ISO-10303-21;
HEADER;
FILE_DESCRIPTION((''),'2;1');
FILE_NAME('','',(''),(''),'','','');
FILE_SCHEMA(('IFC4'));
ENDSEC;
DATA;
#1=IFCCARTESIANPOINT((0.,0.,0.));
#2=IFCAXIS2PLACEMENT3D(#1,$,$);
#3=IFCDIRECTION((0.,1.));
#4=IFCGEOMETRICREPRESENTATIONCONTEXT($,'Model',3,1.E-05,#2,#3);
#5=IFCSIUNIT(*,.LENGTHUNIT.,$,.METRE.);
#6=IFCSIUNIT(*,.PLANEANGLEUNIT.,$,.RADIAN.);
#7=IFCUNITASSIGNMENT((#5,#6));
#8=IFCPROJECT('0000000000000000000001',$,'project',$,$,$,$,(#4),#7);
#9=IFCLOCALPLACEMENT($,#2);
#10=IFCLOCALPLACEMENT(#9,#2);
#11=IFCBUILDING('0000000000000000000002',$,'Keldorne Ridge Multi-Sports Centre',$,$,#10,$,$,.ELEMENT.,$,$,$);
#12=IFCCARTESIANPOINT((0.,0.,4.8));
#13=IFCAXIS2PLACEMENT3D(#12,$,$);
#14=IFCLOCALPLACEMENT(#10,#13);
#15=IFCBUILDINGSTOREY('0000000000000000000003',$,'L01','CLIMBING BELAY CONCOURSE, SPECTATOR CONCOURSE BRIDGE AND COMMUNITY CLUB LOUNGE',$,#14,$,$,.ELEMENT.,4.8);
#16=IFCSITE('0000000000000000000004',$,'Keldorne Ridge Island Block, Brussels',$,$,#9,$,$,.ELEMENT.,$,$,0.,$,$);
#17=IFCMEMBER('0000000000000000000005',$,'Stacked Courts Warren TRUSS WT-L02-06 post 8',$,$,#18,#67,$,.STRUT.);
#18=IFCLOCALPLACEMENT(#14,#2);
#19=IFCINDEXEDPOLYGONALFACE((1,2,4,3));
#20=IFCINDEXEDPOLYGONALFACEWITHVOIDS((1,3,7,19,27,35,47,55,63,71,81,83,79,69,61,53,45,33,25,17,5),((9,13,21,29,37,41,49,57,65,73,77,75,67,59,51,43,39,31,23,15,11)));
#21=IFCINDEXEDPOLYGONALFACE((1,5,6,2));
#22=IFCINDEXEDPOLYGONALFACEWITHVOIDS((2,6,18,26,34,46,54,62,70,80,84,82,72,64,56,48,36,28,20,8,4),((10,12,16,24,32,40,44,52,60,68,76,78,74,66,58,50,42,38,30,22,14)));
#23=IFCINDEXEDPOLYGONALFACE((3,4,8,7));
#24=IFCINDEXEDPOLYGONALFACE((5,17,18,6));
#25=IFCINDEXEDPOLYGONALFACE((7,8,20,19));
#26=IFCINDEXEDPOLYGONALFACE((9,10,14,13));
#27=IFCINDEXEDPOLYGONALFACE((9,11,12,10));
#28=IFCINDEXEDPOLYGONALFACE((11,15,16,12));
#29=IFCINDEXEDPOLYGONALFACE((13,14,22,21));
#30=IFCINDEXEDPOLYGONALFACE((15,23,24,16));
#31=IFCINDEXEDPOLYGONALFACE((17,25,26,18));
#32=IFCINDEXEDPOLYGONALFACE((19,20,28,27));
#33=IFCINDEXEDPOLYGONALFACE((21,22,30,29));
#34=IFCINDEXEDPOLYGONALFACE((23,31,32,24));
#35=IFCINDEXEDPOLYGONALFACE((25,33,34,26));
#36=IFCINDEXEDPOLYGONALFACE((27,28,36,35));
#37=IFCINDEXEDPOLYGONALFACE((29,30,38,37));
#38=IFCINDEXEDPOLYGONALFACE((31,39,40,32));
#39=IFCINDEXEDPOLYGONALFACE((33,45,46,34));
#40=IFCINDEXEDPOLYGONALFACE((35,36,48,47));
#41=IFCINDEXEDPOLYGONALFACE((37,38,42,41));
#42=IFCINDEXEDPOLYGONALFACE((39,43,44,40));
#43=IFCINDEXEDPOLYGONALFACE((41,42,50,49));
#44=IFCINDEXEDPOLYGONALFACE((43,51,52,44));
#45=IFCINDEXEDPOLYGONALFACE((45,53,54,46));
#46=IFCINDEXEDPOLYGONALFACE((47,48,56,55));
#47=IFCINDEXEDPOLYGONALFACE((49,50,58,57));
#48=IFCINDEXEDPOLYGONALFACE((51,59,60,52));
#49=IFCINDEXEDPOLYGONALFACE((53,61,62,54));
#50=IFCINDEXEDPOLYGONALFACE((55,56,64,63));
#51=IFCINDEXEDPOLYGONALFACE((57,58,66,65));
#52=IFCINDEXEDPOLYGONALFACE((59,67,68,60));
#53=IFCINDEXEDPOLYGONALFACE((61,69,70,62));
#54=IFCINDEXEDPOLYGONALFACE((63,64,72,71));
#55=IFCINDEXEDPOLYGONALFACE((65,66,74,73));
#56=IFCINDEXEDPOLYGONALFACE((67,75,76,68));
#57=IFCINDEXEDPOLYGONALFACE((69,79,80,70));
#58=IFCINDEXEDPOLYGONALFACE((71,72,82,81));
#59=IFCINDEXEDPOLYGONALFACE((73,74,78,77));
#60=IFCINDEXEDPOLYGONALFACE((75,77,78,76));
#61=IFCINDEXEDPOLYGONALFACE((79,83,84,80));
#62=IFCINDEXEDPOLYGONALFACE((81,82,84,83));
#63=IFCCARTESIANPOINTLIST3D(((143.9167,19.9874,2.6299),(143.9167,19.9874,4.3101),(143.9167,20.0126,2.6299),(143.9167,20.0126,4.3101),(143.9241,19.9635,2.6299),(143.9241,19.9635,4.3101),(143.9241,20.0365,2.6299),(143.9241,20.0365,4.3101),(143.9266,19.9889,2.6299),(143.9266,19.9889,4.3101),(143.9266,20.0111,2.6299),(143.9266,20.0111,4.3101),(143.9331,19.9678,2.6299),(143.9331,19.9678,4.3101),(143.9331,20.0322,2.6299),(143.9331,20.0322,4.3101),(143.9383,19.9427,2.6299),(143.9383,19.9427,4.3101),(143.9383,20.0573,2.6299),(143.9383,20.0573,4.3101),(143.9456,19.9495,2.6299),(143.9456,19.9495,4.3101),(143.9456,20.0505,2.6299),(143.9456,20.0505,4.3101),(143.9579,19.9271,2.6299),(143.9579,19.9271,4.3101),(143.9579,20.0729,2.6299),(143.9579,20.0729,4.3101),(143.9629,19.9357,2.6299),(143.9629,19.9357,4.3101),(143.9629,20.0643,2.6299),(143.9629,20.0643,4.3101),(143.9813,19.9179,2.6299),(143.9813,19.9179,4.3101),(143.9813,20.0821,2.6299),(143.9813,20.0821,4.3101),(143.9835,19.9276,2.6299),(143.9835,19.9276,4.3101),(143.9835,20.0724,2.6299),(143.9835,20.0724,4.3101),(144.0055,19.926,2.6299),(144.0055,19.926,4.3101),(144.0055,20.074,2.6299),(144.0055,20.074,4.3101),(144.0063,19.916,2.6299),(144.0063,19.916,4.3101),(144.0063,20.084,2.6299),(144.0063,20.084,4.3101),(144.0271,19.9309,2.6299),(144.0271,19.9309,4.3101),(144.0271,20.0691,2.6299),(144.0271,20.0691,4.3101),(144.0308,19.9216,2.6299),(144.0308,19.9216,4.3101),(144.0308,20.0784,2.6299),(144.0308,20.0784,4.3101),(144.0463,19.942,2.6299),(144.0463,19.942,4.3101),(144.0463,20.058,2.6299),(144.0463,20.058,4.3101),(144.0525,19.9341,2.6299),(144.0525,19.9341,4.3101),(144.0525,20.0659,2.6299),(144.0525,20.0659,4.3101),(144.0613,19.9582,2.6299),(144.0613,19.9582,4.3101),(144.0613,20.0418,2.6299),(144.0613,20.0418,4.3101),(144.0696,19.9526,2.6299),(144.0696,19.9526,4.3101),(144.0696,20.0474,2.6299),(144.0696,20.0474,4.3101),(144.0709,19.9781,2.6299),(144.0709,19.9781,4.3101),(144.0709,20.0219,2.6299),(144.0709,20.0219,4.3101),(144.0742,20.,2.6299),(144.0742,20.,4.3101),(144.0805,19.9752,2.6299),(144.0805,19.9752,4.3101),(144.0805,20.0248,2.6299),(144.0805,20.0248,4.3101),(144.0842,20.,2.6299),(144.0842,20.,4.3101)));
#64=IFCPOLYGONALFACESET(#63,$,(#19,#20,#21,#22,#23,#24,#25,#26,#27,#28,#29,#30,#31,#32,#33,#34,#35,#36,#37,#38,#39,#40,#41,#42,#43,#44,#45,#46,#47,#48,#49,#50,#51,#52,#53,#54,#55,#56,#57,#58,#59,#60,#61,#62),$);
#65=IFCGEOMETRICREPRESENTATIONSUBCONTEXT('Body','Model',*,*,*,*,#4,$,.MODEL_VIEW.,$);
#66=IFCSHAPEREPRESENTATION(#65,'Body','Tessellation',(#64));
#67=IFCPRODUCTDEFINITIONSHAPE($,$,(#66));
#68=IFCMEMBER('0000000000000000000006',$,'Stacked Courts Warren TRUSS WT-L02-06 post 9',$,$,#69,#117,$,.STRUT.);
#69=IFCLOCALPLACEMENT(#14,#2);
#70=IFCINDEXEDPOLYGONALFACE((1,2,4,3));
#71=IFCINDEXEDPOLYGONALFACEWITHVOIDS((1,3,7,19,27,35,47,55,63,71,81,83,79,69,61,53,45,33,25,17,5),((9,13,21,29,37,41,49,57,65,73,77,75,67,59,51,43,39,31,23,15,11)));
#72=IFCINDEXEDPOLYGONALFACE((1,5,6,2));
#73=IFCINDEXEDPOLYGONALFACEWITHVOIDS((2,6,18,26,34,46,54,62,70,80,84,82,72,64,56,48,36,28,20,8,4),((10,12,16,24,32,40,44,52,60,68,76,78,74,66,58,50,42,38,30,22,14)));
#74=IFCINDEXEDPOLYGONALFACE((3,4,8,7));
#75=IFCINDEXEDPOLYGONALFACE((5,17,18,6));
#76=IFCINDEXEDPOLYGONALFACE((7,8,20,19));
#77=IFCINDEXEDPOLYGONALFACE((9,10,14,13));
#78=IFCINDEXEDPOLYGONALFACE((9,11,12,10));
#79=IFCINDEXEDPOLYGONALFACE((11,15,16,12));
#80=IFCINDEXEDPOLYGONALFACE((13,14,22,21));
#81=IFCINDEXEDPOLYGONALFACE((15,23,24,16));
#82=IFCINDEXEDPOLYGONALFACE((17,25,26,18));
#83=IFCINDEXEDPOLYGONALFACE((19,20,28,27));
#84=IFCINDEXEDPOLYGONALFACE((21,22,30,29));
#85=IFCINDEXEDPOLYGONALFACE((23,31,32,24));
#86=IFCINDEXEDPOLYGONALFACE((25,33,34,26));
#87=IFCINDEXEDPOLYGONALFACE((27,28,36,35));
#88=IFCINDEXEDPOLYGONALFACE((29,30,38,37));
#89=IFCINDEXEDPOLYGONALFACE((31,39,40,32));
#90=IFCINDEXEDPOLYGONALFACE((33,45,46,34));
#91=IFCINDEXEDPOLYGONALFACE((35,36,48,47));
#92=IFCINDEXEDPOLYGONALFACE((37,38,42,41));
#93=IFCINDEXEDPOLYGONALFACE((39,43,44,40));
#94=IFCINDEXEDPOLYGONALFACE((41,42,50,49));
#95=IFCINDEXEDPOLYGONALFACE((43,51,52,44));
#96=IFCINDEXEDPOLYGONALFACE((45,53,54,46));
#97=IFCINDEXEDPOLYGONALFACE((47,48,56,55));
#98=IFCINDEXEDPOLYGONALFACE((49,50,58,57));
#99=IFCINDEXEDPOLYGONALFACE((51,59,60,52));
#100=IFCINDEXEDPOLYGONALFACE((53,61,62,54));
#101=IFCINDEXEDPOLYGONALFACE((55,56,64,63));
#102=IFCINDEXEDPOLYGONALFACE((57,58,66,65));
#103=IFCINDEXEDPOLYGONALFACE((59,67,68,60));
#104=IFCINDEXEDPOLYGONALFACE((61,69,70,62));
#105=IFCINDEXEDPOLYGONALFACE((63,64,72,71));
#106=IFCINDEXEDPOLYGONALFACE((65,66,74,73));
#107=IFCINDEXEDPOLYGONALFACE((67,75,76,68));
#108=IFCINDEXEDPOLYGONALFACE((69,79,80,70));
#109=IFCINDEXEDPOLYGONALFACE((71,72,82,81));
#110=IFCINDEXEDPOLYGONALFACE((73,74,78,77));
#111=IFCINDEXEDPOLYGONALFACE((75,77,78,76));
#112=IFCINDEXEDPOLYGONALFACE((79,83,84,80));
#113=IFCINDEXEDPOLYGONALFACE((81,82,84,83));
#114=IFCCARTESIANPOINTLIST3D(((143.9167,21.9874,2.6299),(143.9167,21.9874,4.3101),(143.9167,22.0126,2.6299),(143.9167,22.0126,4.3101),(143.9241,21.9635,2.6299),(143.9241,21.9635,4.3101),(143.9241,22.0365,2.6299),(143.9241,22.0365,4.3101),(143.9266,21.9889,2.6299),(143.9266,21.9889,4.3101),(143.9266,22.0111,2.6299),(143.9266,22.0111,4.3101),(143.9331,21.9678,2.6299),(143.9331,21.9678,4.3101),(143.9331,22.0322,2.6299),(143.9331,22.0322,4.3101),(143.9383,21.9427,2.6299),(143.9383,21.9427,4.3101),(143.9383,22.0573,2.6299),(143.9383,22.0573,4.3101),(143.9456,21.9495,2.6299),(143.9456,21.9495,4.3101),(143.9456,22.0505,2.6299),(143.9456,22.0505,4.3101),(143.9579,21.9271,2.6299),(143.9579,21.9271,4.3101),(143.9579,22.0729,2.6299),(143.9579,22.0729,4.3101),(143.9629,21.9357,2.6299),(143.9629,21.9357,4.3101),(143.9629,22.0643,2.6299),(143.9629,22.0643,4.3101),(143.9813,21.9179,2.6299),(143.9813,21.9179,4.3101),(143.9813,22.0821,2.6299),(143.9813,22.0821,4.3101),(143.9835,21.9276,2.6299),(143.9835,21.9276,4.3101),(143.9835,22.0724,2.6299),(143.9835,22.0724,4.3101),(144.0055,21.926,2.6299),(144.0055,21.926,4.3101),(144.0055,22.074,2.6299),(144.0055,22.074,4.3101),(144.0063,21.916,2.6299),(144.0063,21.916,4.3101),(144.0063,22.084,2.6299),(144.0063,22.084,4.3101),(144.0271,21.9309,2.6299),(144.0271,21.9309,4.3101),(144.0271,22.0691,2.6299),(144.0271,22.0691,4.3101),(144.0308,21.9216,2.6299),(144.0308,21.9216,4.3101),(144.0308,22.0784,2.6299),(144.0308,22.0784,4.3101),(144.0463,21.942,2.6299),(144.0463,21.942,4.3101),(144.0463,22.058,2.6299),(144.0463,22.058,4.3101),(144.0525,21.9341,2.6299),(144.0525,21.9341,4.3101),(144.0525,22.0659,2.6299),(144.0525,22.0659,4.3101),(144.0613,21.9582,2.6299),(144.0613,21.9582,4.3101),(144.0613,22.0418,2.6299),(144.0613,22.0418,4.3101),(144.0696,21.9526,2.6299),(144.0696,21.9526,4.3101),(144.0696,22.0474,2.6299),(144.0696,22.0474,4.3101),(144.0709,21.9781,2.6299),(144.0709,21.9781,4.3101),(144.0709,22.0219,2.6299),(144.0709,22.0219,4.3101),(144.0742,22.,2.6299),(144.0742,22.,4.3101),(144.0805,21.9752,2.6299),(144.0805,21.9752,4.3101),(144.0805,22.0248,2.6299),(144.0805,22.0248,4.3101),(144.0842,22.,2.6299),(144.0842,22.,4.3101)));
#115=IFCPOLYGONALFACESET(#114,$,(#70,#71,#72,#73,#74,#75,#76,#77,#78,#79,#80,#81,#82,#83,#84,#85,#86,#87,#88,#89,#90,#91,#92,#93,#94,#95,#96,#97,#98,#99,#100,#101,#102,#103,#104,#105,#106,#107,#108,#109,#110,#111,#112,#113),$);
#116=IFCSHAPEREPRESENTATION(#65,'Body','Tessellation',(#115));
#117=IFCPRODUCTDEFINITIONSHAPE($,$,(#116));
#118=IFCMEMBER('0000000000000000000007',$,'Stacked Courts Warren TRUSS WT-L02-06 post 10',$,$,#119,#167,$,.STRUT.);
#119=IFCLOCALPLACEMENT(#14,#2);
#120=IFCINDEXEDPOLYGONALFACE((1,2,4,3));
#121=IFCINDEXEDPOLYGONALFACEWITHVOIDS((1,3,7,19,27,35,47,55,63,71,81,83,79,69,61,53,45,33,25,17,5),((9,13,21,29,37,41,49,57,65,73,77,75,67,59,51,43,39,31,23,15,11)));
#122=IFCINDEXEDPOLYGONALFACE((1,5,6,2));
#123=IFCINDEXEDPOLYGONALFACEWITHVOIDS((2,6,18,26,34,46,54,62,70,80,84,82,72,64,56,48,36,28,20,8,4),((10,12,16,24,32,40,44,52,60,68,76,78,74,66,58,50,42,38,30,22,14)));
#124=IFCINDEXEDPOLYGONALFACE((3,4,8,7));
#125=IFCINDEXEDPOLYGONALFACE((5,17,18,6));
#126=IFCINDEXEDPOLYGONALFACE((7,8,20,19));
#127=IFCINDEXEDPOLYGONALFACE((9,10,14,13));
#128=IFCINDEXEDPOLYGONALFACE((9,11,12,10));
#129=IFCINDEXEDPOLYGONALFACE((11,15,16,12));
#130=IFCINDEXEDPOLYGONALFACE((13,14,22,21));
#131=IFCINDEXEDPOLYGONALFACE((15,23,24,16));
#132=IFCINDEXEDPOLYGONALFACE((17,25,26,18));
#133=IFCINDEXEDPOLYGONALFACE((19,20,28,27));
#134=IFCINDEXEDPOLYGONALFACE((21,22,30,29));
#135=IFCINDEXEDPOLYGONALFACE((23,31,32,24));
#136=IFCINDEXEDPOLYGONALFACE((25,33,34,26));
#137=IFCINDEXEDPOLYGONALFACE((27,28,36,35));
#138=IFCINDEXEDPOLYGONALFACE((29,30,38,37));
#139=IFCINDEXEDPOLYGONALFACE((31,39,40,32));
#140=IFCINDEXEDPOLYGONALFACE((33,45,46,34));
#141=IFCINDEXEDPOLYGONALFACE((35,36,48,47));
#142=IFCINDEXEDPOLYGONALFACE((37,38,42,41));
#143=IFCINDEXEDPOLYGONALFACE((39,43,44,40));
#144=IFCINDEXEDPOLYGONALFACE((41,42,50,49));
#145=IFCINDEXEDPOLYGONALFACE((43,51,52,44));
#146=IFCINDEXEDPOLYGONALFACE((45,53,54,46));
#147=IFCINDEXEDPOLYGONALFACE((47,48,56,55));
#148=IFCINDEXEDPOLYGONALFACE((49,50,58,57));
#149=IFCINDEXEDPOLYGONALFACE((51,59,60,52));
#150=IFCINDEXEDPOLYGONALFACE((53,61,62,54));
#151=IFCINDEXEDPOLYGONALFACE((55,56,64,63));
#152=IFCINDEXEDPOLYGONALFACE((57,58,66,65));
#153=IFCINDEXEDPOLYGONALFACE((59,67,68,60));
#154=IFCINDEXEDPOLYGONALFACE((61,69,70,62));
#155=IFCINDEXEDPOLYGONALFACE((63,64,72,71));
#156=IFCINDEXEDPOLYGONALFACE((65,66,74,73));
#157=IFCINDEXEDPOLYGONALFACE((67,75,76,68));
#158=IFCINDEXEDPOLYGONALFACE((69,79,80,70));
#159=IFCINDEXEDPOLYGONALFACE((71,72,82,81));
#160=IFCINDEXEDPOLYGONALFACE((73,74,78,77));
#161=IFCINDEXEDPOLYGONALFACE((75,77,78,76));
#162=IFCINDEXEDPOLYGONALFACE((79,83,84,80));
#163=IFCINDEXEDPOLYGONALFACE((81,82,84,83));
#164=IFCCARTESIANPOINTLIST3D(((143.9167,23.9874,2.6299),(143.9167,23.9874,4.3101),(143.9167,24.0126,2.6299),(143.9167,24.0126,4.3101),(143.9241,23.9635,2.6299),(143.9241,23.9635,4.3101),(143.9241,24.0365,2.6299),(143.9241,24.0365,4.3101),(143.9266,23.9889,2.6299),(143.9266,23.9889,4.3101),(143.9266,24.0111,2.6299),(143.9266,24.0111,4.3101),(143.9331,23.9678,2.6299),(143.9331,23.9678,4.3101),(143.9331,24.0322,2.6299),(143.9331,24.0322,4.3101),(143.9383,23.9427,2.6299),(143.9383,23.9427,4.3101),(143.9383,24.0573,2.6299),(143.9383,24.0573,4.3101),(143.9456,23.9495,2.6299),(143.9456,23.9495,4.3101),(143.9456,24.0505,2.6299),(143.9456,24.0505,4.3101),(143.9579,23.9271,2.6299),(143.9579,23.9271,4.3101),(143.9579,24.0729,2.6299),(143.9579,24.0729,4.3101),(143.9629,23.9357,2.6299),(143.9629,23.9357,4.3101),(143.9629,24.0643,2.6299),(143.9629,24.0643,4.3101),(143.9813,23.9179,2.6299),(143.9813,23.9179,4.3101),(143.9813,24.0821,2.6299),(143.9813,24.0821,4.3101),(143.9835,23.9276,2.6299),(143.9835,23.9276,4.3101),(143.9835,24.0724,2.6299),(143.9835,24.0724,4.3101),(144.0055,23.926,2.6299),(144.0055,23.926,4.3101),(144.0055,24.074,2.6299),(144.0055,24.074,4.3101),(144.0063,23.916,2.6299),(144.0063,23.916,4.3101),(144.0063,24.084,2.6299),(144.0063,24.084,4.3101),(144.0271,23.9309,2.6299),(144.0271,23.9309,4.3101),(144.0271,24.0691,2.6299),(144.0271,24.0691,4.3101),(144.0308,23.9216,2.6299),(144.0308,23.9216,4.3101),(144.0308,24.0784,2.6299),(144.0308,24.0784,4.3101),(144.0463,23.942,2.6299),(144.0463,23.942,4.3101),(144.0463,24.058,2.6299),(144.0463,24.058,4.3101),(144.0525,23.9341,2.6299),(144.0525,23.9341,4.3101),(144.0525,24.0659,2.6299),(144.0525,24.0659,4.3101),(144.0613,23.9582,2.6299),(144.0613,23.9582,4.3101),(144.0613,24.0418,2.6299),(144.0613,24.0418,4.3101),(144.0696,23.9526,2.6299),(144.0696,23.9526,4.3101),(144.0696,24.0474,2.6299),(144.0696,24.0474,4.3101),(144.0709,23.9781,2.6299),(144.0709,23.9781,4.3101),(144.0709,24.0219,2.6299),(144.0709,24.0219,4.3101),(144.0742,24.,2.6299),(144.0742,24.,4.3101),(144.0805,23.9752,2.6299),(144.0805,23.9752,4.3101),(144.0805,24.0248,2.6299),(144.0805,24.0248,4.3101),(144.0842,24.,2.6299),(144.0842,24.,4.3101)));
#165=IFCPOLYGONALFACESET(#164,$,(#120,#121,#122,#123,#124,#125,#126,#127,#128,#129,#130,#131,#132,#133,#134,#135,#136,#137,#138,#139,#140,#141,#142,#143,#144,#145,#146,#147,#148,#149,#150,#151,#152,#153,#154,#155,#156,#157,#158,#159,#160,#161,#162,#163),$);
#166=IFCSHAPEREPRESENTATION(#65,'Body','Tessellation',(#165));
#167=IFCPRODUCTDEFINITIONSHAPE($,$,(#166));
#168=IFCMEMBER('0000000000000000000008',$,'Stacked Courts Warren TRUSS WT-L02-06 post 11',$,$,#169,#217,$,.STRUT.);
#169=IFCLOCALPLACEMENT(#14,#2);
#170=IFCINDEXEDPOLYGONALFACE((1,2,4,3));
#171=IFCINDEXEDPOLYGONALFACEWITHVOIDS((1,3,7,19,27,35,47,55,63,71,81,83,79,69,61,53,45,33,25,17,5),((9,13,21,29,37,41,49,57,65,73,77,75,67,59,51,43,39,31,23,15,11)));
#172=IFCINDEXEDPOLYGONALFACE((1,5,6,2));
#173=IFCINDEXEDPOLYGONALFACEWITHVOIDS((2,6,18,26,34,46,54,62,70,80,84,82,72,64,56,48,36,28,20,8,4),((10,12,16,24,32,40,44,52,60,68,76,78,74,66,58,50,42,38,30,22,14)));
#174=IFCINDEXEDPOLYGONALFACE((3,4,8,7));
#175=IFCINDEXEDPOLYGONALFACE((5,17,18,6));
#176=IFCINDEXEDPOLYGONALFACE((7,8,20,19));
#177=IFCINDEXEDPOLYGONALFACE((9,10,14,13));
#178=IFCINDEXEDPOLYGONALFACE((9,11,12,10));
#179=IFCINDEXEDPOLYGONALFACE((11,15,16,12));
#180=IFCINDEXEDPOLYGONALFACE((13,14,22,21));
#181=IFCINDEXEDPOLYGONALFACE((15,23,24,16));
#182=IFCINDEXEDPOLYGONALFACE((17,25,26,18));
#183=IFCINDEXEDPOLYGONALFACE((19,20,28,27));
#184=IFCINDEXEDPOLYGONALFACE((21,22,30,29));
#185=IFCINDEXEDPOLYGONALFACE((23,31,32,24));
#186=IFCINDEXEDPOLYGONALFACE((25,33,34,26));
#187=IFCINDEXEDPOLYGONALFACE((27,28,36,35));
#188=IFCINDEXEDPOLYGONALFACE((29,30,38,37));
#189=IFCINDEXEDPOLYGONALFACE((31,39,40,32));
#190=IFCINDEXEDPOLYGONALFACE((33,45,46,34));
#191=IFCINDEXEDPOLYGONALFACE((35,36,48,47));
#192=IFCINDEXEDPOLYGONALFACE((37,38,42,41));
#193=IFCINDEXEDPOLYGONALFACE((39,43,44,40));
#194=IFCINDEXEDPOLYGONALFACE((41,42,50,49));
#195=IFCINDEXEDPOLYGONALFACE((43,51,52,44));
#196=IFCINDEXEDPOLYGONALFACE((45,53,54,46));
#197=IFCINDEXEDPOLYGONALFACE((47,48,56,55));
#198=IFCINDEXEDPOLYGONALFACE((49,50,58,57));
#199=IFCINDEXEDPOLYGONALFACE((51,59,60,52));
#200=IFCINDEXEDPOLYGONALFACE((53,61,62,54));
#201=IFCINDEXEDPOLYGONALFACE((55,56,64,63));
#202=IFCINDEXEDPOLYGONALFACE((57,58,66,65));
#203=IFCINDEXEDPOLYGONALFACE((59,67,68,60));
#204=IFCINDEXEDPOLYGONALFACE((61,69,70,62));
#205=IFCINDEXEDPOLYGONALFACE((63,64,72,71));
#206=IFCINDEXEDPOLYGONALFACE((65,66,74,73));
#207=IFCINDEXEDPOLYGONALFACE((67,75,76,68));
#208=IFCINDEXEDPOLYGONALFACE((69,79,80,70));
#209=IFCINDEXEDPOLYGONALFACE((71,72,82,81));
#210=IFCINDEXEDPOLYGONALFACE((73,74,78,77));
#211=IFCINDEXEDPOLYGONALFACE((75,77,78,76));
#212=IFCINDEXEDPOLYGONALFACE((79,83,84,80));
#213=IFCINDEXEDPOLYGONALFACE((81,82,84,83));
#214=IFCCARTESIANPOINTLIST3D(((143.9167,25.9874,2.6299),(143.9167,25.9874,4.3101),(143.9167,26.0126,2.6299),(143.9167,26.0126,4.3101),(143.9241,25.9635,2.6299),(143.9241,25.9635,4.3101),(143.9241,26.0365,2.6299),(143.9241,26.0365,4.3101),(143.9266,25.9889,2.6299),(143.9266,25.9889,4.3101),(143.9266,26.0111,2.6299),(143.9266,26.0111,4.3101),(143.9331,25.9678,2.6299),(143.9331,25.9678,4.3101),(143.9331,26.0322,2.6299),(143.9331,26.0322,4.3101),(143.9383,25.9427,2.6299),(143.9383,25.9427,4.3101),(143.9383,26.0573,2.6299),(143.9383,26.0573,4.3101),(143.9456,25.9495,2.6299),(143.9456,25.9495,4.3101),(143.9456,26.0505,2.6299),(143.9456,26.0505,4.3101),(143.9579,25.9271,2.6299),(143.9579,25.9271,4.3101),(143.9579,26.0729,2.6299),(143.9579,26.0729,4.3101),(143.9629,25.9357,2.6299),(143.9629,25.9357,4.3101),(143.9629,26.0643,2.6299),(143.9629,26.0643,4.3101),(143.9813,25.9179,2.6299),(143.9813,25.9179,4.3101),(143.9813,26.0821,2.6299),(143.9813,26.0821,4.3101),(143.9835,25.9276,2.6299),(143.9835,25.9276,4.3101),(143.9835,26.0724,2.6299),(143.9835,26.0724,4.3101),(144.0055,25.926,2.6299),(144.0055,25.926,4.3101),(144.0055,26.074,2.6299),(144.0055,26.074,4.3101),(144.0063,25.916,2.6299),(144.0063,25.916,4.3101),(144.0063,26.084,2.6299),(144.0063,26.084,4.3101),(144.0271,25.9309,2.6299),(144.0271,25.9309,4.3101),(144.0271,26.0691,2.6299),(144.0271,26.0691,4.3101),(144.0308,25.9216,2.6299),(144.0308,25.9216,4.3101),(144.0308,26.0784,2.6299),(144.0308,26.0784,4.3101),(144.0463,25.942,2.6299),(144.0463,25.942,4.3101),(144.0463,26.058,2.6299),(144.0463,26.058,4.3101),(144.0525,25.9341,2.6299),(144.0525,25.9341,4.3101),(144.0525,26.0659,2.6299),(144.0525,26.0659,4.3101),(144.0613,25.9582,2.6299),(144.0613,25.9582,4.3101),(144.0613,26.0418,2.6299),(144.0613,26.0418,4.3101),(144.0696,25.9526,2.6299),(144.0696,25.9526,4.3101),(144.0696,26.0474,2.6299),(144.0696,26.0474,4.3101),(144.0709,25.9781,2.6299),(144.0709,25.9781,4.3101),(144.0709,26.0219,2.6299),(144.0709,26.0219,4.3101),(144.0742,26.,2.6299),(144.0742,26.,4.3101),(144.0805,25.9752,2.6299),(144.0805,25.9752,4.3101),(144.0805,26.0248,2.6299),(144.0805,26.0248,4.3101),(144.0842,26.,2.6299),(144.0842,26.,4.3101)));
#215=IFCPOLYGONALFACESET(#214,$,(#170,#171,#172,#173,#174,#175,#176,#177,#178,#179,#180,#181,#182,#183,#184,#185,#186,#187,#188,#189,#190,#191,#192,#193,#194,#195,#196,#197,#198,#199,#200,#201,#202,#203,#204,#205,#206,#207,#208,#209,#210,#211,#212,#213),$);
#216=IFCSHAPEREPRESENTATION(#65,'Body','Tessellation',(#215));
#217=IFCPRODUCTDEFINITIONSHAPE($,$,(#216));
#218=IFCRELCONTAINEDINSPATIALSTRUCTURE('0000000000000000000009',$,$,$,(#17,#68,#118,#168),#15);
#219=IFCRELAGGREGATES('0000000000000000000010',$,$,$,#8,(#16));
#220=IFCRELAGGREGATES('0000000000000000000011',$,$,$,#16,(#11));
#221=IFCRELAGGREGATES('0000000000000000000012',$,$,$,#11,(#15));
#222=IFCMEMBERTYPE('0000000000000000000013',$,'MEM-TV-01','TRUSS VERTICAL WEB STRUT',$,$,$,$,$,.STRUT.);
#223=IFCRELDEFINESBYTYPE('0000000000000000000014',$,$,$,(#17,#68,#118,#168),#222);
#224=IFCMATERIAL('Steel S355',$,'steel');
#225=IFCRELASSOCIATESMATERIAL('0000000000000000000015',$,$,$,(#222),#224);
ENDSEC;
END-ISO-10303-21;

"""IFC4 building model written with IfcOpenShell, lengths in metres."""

from ifc_helpers import new_model, si_unit, direction, frame, origin, origin_2d, place, context, subcontext, project, spatial, hollow_circle, extrude, material, material_profile, profile_set, type_object, element, save


model = new_model("IFC4")

# Units and contexts
model_context = context("Model", 3, precision=1e-05, world=origin(), true_north=direction((0.0, 1.0)))
body_context = subcontext(model_context, "Body", "Model", "MODEL_VIEW")
ifc_project = project(units=[si_unit("LENGTHUNIT", "METRE"), si_unit("PLANEANGLEUNIT", "RADIAN")], contexts=[model_context])

# Site, building, storey
site_placement = place(None, origin())
site = spatial("IfcSite", under=ifc_project, at=site_placement, Name="Keldorne Ridge Island Block, Brussels", CompositionType="ELEMENT", RefElevation=0.0)
building_placement = place(site_placement, origin())
building = spatial("IfcBuilding", under=site, at=building_placement, Name="Keldorne Ridge Multi-Sports Centre", CompositionType="ELEMENT")
storey_placement = place(building_placement, frame((0.0, 0.0, 4.8)))
storey = spatial("IfcBuildingStorey", under=building, at=storey_placement, Name="L01", Description="CLIMBING BELAY CONCOURSE, SPECTATOR CONCOURSE BRIDGE AND COMMUNITY CLUB LOUNGE", CompositionType="ELEMENT", Elevation=4.8)

# Members
ifc_material = material(Name="Steel S355", Category="steel")
ifc_material_profile_1 = material_profile(ifc_material, hollow_circle(Radius=0.0842, WallThickness=0.01, at=origin_2d()), Name="CHS 168.3x10")
ifc_profile_set_1 = profile_set([ifc_material_profile_1], Name="Steel S355")
member_type_1 = type_object("IfcMemberType", Name="MEM-TV-01", Description="TRUSS VERTICAL WEB STRUT", PredefinedType="STRUT", material=ifc_profile_set_1)
for number, where, z_axis, x_axis, name in (
    (1, (144.0, 20.0, 2.6299), (0.0, 0.0, 1.0), (1.0, 0.0, 0.0), "Stacked Courts Warren TRUSS WT-L02-06 post 8"),
    (2, (144.0, 22.0, 2.6299), (0.0, 0.0, 1.0), (1.0, 0.0, 0.0), "Stacked Courts Warren TRUSS WT-L02-06 post 9"),
    (3, (144.0, 24.0, 2.6299), (0.0, 0.0, 1.0), (1.0, 0.0, 0.0), "Stacked Courts Warren TRUSS WT-L02-06 post 10"),
    (4, (144.0, 26.0, 2.6299), (0.0, 0.0, 1.0), (1.0, 0.0, 0.0), "Stacked Courts Warren TRUSS WT-L02-06 post 11"),
):
    element("IfcMember", number, at=place(storey_placement, frame(where, z_axis=z_axis, x_axis=x_axis)), inside=storey, type_object=member_type_1, Name=name, PredefinedType="STRUT", context=body_context, shape_type="SweptSolid", body=[
        extrude(hollow_circle(Radius=0.0842, WallThickness=0.01, at=origin_2d()), origin(), (0.0, 0.0, 1.0), 1.6802),
    ])

save(model, "model.ifc")
